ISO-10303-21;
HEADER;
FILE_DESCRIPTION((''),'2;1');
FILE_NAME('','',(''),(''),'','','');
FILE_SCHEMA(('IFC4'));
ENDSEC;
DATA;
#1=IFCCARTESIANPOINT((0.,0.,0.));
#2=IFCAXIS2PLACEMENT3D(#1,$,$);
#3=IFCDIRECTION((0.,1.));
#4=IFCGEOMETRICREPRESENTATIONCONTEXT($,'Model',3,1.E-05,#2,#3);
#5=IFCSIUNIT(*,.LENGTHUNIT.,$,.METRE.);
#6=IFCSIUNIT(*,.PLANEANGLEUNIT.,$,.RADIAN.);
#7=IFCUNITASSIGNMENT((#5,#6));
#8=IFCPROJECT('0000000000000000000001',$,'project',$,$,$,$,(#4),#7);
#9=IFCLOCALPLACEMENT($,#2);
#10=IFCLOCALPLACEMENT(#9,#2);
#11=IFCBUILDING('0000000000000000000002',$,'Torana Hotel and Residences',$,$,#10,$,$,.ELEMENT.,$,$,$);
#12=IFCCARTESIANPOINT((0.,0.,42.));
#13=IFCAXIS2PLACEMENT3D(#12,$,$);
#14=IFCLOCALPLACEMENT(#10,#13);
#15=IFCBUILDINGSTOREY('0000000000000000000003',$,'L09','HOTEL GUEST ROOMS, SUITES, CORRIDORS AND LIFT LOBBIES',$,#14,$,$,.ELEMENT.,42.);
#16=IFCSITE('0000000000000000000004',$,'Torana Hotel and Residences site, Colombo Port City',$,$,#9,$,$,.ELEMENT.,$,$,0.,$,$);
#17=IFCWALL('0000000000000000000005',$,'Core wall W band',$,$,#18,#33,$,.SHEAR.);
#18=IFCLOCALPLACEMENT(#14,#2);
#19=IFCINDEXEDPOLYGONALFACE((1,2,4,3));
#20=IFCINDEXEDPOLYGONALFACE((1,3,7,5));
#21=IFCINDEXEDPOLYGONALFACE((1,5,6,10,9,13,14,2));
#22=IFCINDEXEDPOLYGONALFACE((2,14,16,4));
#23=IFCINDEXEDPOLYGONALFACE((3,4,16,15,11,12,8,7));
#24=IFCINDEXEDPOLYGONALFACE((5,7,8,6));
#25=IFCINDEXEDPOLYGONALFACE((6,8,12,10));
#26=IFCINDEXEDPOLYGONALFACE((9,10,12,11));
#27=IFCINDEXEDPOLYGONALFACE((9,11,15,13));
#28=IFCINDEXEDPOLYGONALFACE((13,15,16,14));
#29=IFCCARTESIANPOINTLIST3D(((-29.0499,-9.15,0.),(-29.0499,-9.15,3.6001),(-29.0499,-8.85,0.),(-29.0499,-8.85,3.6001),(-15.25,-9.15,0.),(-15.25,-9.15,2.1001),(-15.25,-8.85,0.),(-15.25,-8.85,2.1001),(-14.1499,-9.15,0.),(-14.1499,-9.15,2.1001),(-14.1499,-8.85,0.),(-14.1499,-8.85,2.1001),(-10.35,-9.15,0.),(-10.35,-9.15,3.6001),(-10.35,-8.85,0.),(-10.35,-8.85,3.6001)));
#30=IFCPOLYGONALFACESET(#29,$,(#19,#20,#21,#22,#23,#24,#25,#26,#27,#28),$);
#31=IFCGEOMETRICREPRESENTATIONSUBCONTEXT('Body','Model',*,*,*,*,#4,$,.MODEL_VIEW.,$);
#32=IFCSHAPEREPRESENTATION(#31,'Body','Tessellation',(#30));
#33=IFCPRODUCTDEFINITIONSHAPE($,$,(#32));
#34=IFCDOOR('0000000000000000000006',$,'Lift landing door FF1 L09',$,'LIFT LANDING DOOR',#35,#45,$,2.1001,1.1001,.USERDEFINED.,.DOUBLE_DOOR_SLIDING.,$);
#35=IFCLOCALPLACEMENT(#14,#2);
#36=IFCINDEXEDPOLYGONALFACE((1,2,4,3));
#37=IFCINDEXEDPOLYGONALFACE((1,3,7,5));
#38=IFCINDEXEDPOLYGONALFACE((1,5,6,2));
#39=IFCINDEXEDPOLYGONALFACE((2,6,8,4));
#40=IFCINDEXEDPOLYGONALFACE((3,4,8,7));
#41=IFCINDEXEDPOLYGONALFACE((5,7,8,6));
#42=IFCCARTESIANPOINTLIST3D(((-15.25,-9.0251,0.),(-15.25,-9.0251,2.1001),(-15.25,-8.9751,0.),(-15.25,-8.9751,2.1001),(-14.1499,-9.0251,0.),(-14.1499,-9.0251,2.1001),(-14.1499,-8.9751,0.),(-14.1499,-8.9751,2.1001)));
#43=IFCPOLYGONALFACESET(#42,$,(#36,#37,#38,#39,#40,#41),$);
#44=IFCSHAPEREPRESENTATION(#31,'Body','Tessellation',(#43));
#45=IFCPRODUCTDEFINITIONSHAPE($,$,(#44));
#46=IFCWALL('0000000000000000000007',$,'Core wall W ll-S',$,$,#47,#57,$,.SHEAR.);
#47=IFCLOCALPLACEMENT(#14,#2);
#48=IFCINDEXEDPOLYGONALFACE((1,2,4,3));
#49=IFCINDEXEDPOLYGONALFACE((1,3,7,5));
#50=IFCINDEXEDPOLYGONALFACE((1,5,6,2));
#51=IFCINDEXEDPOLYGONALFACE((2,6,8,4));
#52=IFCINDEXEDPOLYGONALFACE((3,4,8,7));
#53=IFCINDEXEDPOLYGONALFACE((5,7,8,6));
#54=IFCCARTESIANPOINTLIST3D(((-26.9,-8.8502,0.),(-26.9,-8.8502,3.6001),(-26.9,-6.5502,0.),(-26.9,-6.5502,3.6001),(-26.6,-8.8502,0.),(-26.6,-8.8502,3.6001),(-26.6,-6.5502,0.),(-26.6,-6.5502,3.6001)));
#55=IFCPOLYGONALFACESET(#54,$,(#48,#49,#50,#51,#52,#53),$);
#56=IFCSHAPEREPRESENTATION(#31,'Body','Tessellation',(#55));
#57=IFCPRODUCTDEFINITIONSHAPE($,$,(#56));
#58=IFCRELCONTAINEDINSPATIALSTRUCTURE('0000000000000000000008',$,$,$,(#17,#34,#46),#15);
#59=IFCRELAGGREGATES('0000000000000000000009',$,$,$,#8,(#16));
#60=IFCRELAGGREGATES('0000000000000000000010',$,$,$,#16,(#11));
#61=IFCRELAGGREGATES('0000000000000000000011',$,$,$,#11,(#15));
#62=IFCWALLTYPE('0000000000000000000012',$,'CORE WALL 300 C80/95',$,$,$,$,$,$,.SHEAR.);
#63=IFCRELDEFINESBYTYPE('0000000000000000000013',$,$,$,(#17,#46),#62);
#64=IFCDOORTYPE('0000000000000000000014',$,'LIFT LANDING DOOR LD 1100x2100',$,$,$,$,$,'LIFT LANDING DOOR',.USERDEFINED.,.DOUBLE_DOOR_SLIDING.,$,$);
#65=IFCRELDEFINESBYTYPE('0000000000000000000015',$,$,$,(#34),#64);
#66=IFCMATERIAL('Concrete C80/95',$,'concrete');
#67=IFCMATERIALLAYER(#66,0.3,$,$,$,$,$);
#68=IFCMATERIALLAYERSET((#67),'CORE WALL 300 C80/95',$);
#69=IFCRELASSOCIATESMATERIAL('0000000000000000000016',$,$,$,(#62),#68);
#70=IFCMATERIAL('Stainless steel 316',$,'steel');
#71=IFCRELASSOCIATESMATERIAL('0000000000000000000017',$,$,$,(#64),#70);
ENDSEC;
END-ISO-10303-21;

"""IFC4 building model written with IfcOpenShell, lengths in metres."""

from ifc_helpers import new_model, si_unit, direction, frame, frame_2d, origin, place, context, subcontext, project, spatial, rectangle, extrude, material, layer, layer_set, type_object, element, fill, save


model = new_model("IFC4")

# Units and contexts
model_context = context("Model", 3, precision=1e-05, world=origin(), true_north=direction((0.0, 1.0)))
body_context = subcontext(model_context, "Body", "Model", "MODEL_VIEW")
ifc_project = project(units=[si_unit("LENGTHUNIT", "METRE"), si_unit("PLANEANGLEUNIT", "RADIAN")], contexts=[model_context])

# Site, building, storey
site_placement = place(None, origin())
site = spatial("IfcSite", under=ifc_project, at=site_placement, Name="Torana Hotel and Residences site, Colombo Port City", CompositionType="ELEMENT", RefElevation=0.0)
building_placement = place(site_placement, origin())
building = spatial("IfcBuilding", under=site, at=building_placement, Name="Torana Hotel and Residences", CompositionType="ELEMENT")
storey_placement = place(building_placement, frame((0.0, 0.0, 42.0)))
storey = spatial("IfcBuildingStorey", under=building, at=storey_placement, Name="L09", Description="HOTEL GUEST ROOMS, SUITES, CORRIDORS AND LIFT LOBBIES", CompositionType="ELEMENT", Elevation=42.0)

# Wall, opening, door
ifc_material_1 = material(Name="Concrete C80/95", Category="concrete")
ifc_layer_1 = layer(ifc_material_1, 0.3)
ifc_layer_set_1 = layer_set([ifc_layer_1], Name="CORE WALL 300 C80/95")
wall_type_1 = type_object("IfcWallType", Name="CORE WALL 300 C80/95", PredefinedType="SHEAR", material=ifc_layer_set_1)
wall_1_placement = place(storey_placement, frame((-29.05, -9.0, 0.0), z_axis=(0.0, 0.0, 1.0), x_axis=(1.0, 0.0, 0.0)))
wall_1 = element("IfcWall", 1, at=wall_1_placement, inside=storey, type_object=wall_type_1, Name="Core wall W band", PredefinedType="SHEAR", context=body_context, shape_type="SweptSolid", body=[
    extrude(rectangle(XDim=18.7, YDim=0.3, at=frame_2d((9.3501, 0.0))), origin(), (0.0, 0.0, 1.0), 3.6001),
])
opening_1_placement = place(wall_1_placement, frame((13.8, 0.0, 0.0)))
opening_1 = element("IfcOpeningElement", 2, at=opening_1_placement, cuts=wall_1, PredefinedType="OPENING", context=body_context, shape_type="SweptSolid", body=[
    extrude(rectangle(XDim=1.1001, YDim=2.1001, at=frame_2d((0.55, 1.05))), frame((0.0, 0.1599, 0.0), z_axis=(0.0, -1.0, 0.0), x_axis=(1.0, 0.0, 0.0)), (0.0, 0.0, 1.0), 0.3201),
])
ifc_material_2 = material(Name="Stainless steel 316", Category="steel")
door_type_1 = type_object("IfcDoorType", Name="LIFT LANDING DOOR LD 1100x2100", ElementType="LIFT LANDING DOOR", OperationType="DOUBLE_DOOR_SLIDING", PredefinedType="USERDEFINED", material=ifc_material_2)
door_1_placement = place(opening_1_placement, origin())
door_1 = element("IfcDoor", 3, at=door_1_placement, inside=storey, type_object=door_type_1, Name="Lift landing door FF1 L09", ObjectType="LIFT LANDING DOOR", OperationType="DOUBLE_DOOR_SLIDING", OverallHeight=2.1001, OverallWidth=1.1001, PredefinedType="USERDEFINED", context=body_context, shape_type="SweptSolid", body=[
    extrude(rectangle(XDim=1.1001, YDim=2.1001, at=frame_2d((0.55, 1.05))), frame((0.0, 0.0249, 0.0), z_axis=(0.0, -1.0, 0.0), x_axis=(1.0, 0.0, 0.0)), (0.0, 0.0, 1.0), 0.05),
])
fill(opening_1, door_1)

# Wall
wall_2_placement = place(storey_placement, frame((-26.75, -8.8501, 0.0), z_axis=(0.0, 0.0, 1.0), x_axis=(0.0, 1.0, 0.0)))
element("IfcWall", 4, at=wall_2_placement, inside=storey, type_object=wall_type_1, Name="Core wall W ll-S", PredefinedType="SHEAR", context=body_context, shape_type="SweptSolid", body=[
    extrude(rectangle(XDim=2.3, YDim=0.3, at=frame_2d((1.1499, 0.0))), origin(), (0.0, 0.0, 1.0), 3.6001),
])

save(model, "model.ifc")
